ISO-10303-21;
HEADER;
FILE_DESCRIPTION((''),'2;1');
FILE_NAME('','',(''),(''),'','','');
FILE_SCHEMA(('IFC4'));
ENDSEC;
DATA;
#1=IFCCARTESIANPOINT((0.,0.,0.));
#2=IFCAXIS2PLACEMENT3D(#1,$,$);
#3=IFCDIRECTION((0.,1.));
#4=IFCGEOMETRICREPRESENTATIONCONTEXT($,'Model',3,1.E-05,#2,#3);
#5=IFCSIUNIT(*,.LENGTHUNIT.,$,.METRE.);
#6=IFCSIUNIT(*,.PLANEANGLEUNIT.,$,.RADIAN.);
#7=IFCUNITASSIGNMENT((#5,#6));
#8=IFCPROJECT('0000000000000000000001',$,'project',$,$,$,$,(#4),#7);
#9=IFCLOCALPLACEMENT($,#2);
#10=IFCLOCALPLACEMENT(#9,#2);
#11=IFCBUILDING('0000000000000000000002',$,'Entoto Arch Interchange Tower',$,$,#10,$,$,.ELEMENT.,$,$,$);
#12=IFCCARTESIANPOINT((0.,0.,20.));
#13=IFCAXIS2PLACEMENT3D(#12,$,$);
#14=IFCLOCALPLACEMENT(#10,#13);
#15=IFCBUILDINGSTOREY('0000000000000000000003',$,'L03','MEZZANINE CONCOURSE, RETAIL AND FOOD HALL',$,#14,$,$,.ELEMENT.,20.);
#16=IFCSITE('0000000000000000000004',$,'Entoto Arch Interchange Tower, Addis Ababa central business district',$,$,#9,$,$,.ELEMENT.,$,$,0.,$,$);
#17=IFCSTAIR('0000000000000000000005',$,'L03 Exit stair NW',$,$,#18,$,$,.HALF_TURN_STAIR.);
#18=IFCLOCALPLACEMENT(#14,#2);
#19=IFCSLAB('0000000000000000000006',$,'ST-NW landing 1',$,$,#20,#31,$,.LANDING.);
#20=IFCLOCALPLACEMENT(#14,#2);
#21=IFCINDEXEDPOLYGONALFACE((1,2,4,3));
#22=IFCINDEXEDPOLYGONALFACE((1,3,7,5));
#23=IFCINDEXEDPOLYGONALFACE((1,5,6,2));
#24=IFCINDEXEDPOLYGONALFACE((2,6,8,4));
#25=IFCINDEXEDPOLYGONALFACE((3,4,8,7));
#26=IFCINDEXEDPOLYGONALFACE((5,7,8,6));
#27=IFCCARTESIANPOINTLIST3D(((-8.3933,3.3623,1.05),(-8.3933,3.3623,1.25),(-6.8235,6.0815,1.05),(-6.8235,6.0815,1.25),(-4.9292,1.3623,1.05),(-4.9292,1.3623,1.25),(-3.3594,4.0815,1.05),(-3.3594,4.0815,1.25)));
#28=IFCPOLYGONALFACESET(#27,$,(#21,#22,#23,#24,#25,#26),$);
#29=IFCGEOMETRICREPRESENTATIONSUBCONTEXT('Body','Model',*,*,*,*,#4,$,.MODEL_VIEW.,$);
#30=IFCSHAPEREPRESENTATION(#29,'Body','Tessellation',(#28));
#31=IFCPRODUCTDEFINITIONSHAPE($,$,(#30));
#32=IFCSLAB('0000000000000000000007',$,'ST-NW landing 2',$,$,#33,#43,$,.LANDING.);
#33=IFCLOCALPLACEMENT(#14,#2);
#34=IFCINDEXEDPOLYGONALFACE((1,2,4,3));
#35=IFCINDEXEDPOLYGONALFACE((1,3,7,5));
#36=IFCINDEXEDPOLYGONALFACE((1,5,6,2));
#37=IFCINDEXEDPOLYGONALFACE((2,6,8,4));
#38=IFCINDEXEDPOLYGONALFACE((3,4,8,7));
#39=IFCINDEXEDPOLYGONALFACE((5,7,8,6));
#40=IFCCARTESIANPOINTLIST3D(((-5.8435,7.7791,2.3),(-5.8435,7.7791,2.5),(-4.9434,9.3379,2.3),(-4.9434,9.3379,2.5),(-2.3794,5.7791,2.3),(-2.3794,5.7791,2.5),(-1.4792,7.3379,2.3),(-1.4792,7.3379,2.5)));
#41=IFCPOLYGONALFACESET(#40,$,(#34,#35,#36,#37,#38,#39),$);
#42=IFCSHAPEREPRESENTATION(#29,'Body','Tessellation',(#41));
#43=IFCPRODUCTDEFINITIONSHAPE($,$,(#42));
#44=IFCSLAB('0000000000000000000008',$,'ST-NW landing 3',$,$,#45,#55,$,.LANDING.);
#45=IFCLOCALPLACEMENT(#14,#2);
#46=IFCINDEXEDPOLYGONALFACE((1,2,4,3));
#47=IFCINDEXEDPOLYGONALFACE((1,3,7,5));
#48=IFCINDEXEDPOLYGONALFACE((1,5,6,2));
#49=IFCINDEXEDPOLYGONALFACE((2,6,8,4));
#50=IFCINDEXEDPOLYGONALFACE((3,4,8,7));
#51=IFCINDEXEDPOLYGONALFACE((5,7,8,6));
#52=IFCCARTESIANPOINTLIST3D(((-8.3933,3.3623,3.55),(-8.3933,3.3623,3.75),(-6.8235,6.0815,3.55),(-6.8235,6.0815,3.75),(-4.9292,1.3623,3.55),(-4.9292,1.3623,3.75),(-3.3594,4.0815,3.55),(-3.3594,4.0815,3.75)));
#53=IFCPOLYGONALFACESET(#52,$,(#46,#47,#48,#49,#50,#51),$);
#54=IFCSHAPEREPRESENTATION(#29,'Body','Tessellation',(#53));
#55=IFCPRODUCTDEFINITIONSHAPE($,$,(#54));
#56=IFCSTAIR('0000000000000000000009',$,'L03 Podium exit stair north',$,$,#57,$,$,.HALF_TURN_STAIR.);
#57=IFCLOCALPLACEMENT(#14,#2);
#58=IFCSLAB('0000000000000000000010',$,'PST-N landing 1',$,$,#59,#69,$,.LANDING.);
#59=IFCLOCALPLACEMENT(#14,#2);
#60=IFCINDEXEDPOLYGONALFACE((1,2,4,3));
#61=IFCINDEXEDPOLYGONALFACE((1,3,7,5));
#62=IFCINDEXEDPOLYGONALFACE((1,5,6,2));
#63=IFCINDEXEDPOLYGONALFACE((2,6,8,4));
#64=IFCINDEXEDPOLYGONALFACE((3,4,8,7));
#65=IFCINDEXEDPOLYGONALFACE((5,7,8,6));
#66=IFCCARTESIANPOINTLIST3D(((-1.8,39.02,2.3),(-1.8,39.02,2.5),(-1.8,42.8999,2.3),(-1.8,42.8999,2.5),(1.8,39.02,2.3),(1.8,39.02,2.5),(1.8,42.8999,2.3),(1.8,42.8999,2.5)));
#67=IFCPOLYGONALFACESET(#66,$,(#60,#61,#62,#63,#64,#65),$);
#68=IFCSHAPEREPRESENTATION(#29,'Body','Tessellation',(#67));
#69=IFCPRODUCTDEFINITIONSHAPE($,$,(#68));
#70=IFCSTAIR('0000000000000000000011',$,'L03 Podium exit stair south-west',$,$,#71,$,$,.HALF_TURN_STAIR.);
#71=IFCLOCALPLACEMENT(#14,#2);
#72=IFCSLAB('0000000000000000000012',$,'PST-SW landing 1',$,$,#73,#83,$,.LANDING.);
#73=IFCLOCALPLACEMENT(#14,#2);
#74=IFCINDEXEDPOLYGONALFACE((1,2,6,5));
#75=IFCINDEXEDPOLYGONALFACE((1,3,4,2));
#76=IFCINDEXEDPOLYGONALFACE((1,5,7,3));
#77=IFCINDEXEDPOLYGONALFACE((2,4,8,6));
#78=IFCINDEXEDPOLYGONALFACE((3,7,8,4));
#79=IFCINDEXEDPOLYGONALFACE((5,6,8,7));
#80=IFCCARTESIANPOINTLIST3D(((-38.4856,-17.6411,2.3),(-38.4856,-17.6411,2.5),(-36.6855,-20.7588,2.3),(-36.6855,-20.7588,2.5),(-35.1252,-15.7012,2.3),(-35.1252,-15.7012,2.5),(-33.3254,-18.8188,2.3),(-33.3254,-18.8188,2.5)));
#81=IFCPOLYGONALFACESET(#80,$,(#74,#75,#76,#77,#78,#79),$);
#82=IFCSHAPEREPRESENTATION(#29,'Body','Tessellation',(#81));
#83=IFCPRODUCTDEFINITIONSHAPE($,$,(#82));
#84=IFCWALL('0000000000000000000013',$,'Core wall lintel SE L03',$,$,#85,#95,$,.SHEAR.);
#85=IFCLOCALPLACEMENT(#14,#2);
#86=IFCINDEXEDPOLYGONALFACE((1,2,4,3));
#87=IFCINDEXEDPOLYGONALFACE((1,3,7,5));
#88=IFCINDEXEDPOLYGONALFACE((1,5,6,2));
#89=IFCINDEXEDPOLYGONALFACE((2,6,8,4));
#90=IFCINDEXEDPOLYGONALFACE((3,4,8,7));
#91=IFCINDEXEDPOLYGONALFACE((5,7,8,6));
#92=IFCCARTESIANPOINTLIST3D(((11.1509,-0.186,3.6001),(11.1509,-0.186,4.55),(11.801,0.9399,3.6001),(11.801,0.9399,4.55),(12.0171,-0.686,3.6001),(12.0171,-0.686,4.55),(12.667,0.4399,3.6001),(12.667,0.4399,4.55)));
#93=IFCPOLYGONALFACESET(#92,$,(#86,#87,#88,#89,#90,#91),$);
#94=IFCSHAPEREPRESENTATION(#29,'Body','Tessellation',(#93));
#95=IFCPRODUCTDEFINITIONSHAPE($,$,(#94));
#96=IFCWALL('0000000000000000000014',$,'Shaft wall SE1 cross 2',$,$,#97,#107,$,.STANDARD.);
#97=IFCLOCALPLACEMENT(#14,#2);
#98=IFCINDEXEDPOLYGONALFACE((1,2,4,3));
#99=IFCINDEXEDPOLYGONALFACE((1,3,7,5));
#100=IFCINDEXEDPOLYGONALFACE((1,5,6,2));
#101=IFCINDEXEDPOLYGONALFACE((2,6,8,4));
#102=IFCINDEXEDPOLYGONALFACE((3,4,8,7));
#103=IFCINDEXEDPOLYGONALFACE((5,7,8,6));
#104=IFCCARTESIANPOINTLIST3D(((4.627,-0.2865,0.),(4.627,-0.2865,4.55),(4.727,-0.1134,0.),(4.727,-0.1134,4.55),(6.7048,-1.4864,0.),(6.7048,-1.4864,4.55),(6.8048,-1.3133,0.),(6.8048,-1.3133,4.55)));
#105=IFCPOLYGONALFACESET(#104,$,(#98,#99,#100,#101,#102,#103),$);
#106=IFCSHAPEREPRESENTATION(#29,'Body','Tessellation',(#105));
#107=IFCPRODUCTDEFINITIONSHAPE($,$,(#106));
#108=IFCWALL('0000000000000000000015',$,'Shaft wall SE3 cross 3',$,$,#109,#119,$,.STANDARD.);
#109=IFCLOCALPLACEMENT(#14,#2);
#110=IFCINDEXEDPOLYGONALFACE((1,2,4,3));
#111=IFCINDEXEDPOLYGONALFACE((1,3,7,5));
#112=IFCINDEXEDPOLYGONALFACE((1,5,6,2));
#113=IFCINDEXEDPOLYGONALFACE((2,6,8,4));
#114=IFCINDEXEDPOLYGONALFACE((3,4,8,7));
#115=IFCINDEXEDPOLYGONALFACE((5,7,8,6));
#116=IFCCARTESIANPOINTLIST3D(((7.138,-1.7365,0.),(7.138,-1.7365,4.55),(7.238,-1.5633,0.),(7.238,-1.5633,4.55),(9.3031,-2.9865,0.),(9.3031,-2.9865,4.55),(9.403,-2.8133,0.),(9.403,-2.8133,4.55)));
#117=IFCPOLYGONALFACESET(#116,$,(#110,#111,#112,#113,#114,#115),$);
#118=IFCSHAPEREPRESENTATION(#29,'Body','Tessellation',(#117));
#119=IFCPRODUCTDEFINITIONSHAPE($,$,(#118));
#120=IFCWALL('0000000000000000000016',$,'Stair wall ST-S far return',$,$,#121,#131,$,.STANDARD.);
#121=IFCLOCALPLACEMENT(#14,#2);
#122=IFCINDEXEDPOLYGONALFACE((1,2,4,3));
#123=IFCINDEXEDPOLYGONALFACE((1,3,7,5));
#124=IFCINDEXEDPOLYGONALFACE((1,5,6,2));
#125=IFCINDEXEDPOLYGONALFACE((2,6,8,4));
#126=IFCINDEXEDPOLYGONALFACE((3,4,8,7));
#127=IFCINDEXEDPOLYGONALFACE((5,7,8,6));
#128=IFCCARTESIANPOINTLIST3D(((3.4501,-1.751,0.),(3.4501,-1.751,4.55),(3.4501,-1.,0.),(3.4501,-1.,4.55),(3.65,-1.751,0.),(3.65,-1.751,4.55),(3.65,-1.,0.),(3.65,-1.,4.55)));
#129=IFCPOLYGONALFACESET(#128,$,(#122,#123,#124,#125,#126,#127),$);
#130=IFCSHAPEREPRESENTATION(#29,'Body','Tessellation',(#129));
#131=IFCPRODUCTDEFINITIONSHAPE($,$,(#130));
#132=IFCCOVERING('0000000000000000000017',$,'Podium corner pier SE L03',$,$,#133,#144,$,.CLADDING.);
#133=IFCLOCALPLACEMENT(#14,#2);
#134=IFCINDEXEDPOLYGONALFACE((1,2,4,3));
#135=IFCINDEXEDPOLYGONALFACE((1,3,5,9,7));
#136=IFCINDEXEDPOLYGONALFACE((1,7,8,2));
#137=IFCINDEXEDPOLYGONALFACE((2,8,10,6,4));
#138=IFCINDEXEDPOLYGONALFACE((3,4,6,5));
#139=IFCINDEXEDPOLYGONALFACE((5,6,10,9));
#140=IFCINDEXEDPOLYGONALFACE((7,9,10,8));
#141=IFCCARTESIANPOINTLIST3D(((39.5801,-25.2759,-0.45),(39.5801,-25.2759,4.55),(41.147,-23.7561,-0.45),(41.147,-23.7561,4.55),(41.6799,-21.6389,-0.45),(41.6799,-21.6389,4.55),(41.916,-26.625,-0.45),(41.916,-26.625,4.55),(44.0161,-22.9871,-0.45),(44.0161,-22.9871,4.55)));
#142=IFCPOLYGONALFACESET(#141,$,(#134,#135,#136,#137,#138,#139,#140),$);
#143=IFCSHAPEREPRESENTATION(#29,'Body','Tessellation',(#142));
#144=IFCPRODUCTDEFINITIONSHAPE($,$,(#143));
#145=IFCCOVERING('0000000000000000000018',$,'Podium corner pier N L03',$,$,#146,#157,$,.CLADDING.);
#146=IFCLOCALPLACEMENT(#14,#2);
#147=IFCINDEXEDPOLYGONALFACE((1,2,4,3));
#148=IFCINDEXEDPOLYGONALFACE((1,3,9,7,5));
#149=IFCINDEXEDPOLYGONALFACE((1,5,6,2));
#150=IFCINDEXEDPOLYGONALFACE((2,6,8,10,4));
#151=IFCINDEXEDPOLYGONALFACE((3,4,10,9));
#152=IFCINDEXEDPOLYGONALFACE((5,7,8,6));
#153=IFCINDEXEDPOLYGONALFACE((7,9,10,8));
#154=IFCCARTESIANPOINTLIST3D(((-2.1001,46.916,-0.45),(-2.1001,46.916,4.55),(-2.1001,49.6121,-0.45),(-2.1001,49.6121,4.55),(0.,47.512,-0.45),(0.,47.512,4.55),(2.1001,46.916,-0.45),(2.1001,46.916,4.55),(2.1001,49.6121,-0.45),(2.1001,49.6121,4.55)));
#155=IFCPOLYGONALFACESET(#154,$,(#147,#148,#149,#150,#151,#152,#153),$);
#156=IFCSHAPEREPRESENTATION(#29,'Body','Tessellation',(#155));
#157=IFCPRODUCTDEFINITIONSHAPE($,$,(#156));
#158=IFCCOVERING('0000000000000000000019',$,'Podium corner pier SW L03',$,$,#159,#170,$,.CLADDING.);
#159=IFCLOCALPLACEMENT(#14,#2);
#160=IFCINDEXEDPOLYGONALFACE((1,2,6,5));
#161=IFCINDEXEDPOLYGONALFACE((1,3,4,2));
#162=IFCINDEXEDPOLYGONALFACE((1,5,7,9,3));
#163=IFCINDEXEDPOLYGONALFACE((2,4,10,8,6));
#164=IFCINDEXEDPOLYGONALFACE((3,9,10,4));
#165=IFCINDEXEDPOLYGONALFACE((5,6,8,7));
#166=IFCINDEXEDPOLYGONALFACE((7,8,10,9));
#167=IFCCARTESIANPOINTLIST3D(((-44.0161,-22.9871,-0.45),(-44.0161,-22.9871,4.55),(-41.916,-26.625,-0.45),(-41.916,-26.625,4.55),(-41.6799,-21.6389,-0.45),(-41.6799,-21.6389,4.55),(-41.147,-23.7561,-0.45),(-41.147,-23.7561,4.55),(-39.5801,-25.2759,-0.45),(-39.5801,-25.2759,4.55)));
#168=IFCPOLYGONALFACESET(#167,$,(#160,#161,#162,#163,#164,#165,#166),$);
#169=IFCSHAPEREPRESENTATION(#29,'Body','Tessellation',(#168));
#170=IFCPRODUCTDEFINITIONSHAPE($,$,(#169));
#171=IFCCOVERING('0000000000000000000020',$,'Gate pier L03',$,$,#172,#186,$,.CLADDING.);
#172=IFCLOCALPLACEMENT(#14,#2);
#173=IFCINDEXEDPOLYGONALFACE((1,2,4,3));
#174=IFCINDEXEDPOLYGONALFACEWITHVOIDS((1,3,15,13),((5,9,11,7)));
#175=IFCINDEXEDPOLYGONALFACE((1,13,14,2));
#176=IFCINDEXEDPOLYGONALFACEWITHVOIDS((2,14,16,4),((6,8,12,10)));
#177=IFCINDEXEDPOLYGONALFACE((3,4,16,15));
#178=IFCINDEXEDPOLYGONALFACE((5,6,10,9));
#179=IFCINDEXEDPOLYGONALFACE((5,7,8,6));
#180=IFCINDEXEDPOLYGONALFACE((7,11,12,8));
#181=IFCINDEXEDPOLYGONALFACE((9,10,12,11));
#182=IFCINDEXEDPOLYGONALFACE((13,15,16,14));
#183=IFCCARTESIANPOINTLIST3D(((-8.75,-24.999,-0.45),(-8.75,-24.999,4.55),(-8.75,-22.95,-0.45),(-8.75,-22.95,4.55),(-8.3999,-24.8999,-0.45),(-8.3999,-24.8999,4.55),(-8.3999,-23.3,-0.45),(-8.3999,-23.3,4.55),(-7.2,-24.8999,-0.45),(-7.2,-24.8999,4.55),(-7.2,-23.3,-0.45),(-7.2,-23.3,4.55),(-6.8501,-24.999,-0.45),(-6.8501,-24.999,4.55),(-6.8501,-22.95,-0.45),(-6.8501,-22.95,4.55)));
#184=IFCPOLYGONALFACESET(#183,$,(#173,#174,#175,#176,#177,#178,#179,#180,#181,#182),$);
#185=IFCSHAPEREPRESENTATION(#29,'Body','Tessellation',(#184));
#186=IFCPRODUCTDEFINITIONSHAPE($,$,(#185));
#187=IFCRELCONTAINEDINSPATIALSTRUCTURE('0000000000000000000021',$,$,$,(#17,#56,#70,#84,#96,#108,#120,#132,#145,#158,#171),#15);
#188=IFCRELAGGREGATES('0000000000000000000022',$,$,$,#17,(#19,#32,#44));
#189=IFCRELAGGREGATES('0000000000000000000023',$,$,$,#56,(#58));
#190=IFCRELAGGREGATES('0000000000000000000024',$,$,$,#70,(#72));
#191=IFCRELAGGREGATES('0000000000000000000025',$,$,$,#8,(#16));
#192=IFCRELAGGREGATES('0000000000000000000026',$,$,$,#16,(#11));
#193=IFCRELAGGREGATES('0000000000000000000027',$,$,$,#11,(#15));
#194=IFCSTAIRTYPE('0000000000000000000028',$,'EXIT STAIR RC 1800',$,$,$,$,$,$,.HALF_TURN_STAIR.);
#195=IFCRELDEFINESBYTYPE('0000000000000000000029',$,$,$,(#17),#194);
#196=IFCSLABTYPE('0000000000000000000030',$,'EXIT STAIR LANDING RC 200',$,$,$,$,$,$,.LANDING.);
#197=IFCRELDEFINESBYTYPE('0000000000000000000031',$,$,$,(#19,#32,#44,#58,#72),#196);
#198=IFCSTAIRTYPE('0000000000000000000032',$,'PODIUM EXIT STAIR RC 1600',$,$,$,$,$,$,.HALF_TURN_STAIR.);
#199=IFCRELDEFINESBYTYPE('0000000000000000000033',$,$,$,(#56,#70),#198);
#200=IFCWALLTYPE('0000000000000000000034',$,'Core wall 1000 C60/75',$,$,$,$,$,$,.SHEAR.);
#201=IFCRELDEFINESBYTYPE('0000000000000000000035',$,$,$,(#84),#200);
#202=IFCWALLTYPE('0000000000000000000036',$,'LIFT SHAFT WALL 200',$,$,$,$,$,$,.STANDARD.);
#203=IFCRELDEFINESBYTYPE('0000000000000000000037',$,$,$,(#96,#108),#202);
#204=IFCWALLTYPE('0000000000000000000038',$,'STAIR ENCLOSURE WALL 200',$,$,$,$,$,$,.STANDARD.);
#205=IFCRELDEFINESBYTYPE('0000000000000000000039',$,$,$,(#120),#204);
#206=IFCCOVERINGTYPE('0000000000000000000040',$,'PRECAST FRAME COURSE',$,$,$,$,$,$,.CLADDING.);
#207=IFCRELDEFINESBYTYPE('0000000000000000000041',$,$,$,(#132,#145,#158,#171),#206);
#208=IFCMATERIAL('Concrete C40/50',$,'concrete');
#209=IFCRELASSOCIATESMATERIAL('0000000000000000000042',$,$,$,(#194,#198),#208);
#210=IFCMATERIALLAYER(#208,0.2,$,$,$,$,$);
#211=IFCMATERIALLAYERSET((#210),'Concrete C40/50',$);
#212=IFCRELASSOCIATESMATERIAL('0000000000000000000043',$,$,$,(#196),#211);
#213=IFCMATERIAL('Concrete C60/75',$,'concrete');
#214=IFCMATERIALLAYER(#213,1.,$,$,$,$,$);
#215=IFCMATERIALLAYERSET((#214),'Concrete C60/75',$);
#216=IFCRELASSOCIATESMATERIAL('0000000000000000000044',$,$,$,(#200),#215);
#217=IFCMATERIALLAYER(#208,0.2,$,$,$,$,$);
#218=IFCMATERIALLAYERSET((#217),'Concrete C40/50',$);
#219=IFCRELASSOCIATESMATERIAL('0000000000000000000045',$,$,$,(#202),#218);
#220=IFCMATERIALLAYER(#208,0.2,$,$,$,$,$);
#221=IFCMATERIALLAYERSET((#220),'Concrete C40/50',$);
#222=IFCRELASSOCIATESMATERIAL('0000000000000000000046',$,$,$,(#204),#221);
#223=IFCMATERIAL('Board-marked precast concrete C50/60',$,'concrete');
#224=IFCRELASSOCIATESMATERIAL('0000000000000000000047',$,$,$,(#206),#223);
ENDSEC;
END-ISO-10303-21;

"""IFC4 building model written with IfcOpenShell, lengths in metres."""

from ifc_helpers import new_model, si_unit, direction, frame, frame_2d, origin, place, context, subcontext, project, spatial, polyline, rectangle, outline, extrude, material, layer, layer_set, type_object, element, aggregate, save


model = new_model("IFC4")

# Units and contexts
model_context = context("Model", 3, precision=1e-05, world=origin(), true_north=direction((0.0, 1.0)))
body_context = subcontext(model_context, "Body", "Model", "MODEL_VIEW")
ifc_project = project(units=[si_unit("LENGTHUNIT", "METRE"), si_unit("PLANEANGLEUNIT", "RADIAN")], contexts=[model_context])

# Site, building, storey
site_placement = place(None, origin())
site = spatial("IfcSite", under=ifc_project, at=site_placement, Name="Entoto Arch Interchange Tower, Addis Ababa central business district", CompositionType="ELEMENT", RefElevation=0.0)
building_placement = place(site_placement, origin())
building = spatial("IfcBuilding", under=site, at=building_placement, Name="Entoto Arch Interchange Tower", CompositionType="ELEMENT")
storey_placement = place(building_placement, frame((0.0, 0.0, 20.0)))
storey = spatial("IfcBuildingStorey", under=building, at=storey_placement, Name="L03", Description="MEZZANINE CONCOURSE, RETAIL AND FOOD HALL", CompositionType="ELEMENT", Elevation=20.0)

# Shared definitions
ifc_material_1 = material(Name="Concrete C40/50", Category="concrete")

# Stair, slabs
stair_type_1 = type_object("IfcStairType", Name="EXIT STAIR RC 1800", PredefinedType="HALF_TURN_STAIR", material=ifc_material_1)
ifc_layer_1 = layer(ifc_material_1, 0.2)
ifc_layer_set_1 = layer_set([ifc_layer_1], Name="Concrete C40/50")
slab_type_1 = type_object("IfcSlabType", Name="EXIT STAIR LANDING RC 200", PredefinedType="LANDING", material=ifc_layer_set_1)
stair_1_placement = place(storey_placement, origin())
stair_1 = element("IfcStair", 1, at=stair_1_placement, inside=storey, type_object=stair_type_1, Name="L03 Exit stair NW", PredefinedType="HALF_TURN_STAIR")
slab_1_placement = place(storey_placement, frame((0.0, 0.0, 1.05)))
slab_1 = element("IfcSlab", 2, at=slab_1_placement, type_object=slab_type_1, Name="ST-NW landing 1", PredefinedType="LANDING", context=body_context, shape_type="SweptSolid", body=[
    extrude(outline(polyline([(-6.8235, 6.0815), (-8.3933, 3.3623), (-4.9292, 1.3623), (-3.3594, 4.0815), (-6.8235, 6.0815)])), origin(), (0.0, 0.0, 1.0), 0.2),
])
slab_2_placement = place(storey_placement, frame((0.0, 0.0, 2.3)))
slab_2 = element("IfcSlab", 3, at=slab_2_placement, type_object=slab_type_1, Name="ST-NW landing 2", PredefinedType="LANDING", context=body_context, shape_type="SweptSolid", body=[
    extrude(outline(polyline([(-4.9434, 9.3379), (-5.8435, 7.7791), (-2.3794, 5.7791), (-1.4792, 7.3379), (-4.9434, 9.3379)])), origin(), (0.0, 0.0, 1.0), 0.2),
])
slab_3_placement = place(storey_placement, frame((0.0, 0.0, 3.55)))
slab_3 = element("IfcSlab", 4, at=slab_3_placement, type_object=slab_type_1, Name="ST-NW landing 3", PredefinedType="LANDING", context=body_context, shape_type="SweptSolid", body=[
    extrude(outline(polyline([(-6.8235, 6.0815), (-8.3933, 3.3623), (-4.9292, 1.3623), (-3.3594, 4.0815), (-6.8235, 6.0815)])), origin(), (0.0, 0.0, 1.0), 0.2),
])
aggregate(stair_1, [slab_1, slab_2, slab_3])

# Stairs, slabs
stair_type_2 = type_object("IfcStairType", Name="PODIUM EXIT STAIR RC 1600", PredefinedType="HALF_TURN_STAIR", material=ifc_material_1)
stair_2_placement = place(storey_placement, origin())
stair_2 = element("IfcStair", 5, at=stair_2_placement, inside=storey, type_object=stair_type_2, Name="L03 Podium exit stair north", PredefinedType="HALF_TURN_STAIR")
slab_4_placement = place(storey_placement, frame((0.0, 0.0, 2.3)))
slab_4 = element("IfcSlab", 6, at=slab_4_placement, type_object=slab_type_1, Name="PST-N landing 1", PredefinedType="LANDING", context=body_context, shape_type="SweptSolid", body=[
    extrude(outline(polyline([(1.8, 39.02), (1.8, 42.8999), (-1.8, 42.8999), (-1.8, 39.02), (1.8, 39.02)])), origin(), (0.0, 0.0, 1.0), 0.2),
])
aggregate(stair_2, [slab_4])
stair_3_placement = place(storey_placement, origin())
stair_3 = element("IfcStair", 7, at=stair_3_placement, inside=storey, type_object=stair_type_2, Name="L03 Podium exit stair south-west", PredefinedType="HALF_TURN_STAIR")
slab_5_placement = place(storey_placement, frame((0.0, 0.0, 2.3)))
slab_5 = element("IfcSlab", 8, at=slab_5_placement, type_object=slab_type_1, Name="PST-SW landing 1", PredefinedType="LANDING", context=body_context, shape_type="SweptSolid", body=[
    extrude(outline(polyline([(-35.1252, -15.7012), (-38.4856, -17.6411), (-36.6855, -20.7588), (-33.3254, -18.8188), (-35.1252, -15.7012)])), origin(), (0.0, 0.0, 1.0), 0.2),
])
aggregate(stair_3, [slab_5])

# Walls
ifc_material_2 = material(Name="Concrete C60/75", Category="concrete")
ifc_layer_2 = layer(ifc_material_2, 1.0)
ifc_layer_set_2 = layer_set([ifc_layer_2], Name="Concrete C60/75")
wall_type_1 = type_object("IfcWallType", Name="Core wall 1000 C60/75", PredefinedType="SHEAR", material=ifc_layer_set_2)
wall_1_placement = place(storey_placement, frame((0.0, 0.0, 3.6001)))
element("IfcWall", 9, at=wall_1_placement, inside=storey, type_object=wall_type_1, Name="Core wall lintel SE L03", PredefinedType="SHEAR", context=body_context, shape_type="SweptSolid", body=[
    extrude(outline(polyline([(12.667, 0.4399), (11.801, 0.9399), (11.1509, -0.186), (12.0171, -0.686), (12.667, 0.4399)])), origin(), (0.0, 0.0, 1.0), 0.95),
])
ifc_layer_3 = layer(ifc_material_1, 0.2)
ifc_layer_set_3 = layer_set([ifc_layer_3], Name="Concrete C40/50")
wall_type_2 = type_object("IfcWallType", Name="LIFT SHAFT WALL 200", PredefinedType="STANDARD", material=ifc_layer_set_3)
wall_2_placement = place(storey_placement, frame((4.677, -0.2, 0.0), z_axis=(0.0, 0.0, 1.0), x_axis=(0.865974, -0.500089, 0.0)))
element("IfcWall", 10, at=wall_2_placement, inside=storey, type_object=wall_type_2, Name="Shaft wall SE1 cross 2", PredefinedType="STANDARD", context=body_context, shape_type="SweptSolid", body=[
    extrude(rectangle(XDim=2.3994, YDim=0.2, at=frame_2d((1.1997, 0.0))), origin(), (0.0, 0.0, 1.0), 4.55),
])
wall_3_placement = place(storey_placement, frame((7.188, -1.6499, 0.0), z_axis=(0.0, 0.0, 1.0), x_axis=(0.866023, -0.500004, 0.0)))
element("IfcWall", 11, at=wall_3_placement, inside=storey, type_object=wall_type_2, Name="Shaft wall SE3 cross 3", PredefinedType="STANDARD", context=body_context, shape_type="SweptSolid", body=[
    extrude(rectangle(XDim=2.5, YDim=0.2, at=frame_2d((1.25, 0.0))), origin(), (0.0, 0.0, 1.0), 4.55),
])
ifc_layer_4 = layer(ifc_material_1, 0.2)
ifc_layer_set_4 = layer_set([ifc_layer_4], Name="Concrete C40/50")
wall_type_3 = type_object("IfcWallType", Name="STAIR ENCLOSURE WALL 200", PredefinedType="STANDARD", material=ifc_layer_set_4)
wall_4_placement = place(storey_placement, frame((3.55, -1.0, 0.0), z_axis=(0.0, 0.0, 1.0), x_axis=(0.0, -1.0, 0.0)))
element("IfcWall", 12, at=wall_4_placement, inside=storey, type_object=wall_type_3, Name="Stair wall ST-S far return", PredefinedType="STANDARD", context=body_context, shape_type="SweptSolid", body=[
    extrude(rectangle(XDim=0.751, YDim=0.2, at=frame_2d((0.3755, 0.0))), origin(), (0.0, 0.0, 1.0), 4.55),
])

# Coverings
ifc_material_3 = material(Name="Board-marked precast concrete C50/60", Category="concrete")
covering_type = type_object("IfcCoveringType", Name="PRECAST FRAME COURSE", PredefinedType="CLADDING", material=ifc_material_3)
covering_1_placement = place(storey_placement, frame((0.0, 0.0, -0.45)))
element("IfcCovering", 13, at=covering_1_placement, inside=storey, type_object=covering_type, Name="Podium corner pier SE L03", PredefinedType="CLADDING", context=body_context, shape_type="SweptSolid", body=[
    extrude(outline(polyline([(41.916, -26.625), (39.5801, -25.2759), (41.147, -23.7561), (41.6799, -21.6389), (44.0161, -22.9871), (41.916, -26.625)])), origin(), (0.0, 0.0, 1.0), 5.0),
])
covering_2_placement = place(storey_placement, frame((0.0, 0.0, -0.45)))
element("IfcCovering", 14, at=covering_2_placement, inside=storey, type_object=covering_type, Name="Podium corner pier N L03", PredefinedType="CLADDING", context=body_context, shape_type="SweptSolid", body=[
    extrude(outline(polyline([(2.1001, 49.6121), (2.1001, 46.916), (0.0, 47.512), (-2.1001, 46.916), (-2.1001, 49.6121), (2.1001, 49.6121)])), origin(), (0.0, 0.0, 1.0), 5.0),
])
covering_3_placement = place(storey_placement, frame((0.0, 0.0, -0.45)))
element("IfcCovering", 15, at=covering_3_placement, inside=storey, type_object=covering_type, Name="Podium corner pier SW L03", PredefinedType="CLADDING", context=body_context, shape_type="SweptSolid", body=[
    extrude(outline(polyline([(-44.0161, -22.9871), (-41.6799, -21.6389), (-41.147, -23.7561), (-39.5801, -25.2759), (-41.916, -26.625), (-44.0161, -22.9871)])), origin(), (0.0, 0.0, 1.0), 5.0),
])
covering_4_placement = place(storey_placement, frame((0.0, 0.0, -0.45)))
element("IfcCovering", 16, at=covering_4_placement, inside=storey, type_object=covering_type, Name="Gate pier L03", PredefinedType="CLADDING", context=body_context, shape_type="SweptSolid", body=[
    extrude(outline(polyline([(-8.75, -22.95), (-6.8501, -22.95), (-6.8501, -24.999), (-8.75, -24.999), (-8.75, -22.95)]), holes=[polyline([(-8.3999, -23.3), (-8.3999, -24.8999), (-7.2, -24.8999), (-7.2, -23.3), (-8.3999, -23.3)])]), origin(), (0.0, 0.0, 1.0), 5.0),
])

save(model, "model.ifc")
